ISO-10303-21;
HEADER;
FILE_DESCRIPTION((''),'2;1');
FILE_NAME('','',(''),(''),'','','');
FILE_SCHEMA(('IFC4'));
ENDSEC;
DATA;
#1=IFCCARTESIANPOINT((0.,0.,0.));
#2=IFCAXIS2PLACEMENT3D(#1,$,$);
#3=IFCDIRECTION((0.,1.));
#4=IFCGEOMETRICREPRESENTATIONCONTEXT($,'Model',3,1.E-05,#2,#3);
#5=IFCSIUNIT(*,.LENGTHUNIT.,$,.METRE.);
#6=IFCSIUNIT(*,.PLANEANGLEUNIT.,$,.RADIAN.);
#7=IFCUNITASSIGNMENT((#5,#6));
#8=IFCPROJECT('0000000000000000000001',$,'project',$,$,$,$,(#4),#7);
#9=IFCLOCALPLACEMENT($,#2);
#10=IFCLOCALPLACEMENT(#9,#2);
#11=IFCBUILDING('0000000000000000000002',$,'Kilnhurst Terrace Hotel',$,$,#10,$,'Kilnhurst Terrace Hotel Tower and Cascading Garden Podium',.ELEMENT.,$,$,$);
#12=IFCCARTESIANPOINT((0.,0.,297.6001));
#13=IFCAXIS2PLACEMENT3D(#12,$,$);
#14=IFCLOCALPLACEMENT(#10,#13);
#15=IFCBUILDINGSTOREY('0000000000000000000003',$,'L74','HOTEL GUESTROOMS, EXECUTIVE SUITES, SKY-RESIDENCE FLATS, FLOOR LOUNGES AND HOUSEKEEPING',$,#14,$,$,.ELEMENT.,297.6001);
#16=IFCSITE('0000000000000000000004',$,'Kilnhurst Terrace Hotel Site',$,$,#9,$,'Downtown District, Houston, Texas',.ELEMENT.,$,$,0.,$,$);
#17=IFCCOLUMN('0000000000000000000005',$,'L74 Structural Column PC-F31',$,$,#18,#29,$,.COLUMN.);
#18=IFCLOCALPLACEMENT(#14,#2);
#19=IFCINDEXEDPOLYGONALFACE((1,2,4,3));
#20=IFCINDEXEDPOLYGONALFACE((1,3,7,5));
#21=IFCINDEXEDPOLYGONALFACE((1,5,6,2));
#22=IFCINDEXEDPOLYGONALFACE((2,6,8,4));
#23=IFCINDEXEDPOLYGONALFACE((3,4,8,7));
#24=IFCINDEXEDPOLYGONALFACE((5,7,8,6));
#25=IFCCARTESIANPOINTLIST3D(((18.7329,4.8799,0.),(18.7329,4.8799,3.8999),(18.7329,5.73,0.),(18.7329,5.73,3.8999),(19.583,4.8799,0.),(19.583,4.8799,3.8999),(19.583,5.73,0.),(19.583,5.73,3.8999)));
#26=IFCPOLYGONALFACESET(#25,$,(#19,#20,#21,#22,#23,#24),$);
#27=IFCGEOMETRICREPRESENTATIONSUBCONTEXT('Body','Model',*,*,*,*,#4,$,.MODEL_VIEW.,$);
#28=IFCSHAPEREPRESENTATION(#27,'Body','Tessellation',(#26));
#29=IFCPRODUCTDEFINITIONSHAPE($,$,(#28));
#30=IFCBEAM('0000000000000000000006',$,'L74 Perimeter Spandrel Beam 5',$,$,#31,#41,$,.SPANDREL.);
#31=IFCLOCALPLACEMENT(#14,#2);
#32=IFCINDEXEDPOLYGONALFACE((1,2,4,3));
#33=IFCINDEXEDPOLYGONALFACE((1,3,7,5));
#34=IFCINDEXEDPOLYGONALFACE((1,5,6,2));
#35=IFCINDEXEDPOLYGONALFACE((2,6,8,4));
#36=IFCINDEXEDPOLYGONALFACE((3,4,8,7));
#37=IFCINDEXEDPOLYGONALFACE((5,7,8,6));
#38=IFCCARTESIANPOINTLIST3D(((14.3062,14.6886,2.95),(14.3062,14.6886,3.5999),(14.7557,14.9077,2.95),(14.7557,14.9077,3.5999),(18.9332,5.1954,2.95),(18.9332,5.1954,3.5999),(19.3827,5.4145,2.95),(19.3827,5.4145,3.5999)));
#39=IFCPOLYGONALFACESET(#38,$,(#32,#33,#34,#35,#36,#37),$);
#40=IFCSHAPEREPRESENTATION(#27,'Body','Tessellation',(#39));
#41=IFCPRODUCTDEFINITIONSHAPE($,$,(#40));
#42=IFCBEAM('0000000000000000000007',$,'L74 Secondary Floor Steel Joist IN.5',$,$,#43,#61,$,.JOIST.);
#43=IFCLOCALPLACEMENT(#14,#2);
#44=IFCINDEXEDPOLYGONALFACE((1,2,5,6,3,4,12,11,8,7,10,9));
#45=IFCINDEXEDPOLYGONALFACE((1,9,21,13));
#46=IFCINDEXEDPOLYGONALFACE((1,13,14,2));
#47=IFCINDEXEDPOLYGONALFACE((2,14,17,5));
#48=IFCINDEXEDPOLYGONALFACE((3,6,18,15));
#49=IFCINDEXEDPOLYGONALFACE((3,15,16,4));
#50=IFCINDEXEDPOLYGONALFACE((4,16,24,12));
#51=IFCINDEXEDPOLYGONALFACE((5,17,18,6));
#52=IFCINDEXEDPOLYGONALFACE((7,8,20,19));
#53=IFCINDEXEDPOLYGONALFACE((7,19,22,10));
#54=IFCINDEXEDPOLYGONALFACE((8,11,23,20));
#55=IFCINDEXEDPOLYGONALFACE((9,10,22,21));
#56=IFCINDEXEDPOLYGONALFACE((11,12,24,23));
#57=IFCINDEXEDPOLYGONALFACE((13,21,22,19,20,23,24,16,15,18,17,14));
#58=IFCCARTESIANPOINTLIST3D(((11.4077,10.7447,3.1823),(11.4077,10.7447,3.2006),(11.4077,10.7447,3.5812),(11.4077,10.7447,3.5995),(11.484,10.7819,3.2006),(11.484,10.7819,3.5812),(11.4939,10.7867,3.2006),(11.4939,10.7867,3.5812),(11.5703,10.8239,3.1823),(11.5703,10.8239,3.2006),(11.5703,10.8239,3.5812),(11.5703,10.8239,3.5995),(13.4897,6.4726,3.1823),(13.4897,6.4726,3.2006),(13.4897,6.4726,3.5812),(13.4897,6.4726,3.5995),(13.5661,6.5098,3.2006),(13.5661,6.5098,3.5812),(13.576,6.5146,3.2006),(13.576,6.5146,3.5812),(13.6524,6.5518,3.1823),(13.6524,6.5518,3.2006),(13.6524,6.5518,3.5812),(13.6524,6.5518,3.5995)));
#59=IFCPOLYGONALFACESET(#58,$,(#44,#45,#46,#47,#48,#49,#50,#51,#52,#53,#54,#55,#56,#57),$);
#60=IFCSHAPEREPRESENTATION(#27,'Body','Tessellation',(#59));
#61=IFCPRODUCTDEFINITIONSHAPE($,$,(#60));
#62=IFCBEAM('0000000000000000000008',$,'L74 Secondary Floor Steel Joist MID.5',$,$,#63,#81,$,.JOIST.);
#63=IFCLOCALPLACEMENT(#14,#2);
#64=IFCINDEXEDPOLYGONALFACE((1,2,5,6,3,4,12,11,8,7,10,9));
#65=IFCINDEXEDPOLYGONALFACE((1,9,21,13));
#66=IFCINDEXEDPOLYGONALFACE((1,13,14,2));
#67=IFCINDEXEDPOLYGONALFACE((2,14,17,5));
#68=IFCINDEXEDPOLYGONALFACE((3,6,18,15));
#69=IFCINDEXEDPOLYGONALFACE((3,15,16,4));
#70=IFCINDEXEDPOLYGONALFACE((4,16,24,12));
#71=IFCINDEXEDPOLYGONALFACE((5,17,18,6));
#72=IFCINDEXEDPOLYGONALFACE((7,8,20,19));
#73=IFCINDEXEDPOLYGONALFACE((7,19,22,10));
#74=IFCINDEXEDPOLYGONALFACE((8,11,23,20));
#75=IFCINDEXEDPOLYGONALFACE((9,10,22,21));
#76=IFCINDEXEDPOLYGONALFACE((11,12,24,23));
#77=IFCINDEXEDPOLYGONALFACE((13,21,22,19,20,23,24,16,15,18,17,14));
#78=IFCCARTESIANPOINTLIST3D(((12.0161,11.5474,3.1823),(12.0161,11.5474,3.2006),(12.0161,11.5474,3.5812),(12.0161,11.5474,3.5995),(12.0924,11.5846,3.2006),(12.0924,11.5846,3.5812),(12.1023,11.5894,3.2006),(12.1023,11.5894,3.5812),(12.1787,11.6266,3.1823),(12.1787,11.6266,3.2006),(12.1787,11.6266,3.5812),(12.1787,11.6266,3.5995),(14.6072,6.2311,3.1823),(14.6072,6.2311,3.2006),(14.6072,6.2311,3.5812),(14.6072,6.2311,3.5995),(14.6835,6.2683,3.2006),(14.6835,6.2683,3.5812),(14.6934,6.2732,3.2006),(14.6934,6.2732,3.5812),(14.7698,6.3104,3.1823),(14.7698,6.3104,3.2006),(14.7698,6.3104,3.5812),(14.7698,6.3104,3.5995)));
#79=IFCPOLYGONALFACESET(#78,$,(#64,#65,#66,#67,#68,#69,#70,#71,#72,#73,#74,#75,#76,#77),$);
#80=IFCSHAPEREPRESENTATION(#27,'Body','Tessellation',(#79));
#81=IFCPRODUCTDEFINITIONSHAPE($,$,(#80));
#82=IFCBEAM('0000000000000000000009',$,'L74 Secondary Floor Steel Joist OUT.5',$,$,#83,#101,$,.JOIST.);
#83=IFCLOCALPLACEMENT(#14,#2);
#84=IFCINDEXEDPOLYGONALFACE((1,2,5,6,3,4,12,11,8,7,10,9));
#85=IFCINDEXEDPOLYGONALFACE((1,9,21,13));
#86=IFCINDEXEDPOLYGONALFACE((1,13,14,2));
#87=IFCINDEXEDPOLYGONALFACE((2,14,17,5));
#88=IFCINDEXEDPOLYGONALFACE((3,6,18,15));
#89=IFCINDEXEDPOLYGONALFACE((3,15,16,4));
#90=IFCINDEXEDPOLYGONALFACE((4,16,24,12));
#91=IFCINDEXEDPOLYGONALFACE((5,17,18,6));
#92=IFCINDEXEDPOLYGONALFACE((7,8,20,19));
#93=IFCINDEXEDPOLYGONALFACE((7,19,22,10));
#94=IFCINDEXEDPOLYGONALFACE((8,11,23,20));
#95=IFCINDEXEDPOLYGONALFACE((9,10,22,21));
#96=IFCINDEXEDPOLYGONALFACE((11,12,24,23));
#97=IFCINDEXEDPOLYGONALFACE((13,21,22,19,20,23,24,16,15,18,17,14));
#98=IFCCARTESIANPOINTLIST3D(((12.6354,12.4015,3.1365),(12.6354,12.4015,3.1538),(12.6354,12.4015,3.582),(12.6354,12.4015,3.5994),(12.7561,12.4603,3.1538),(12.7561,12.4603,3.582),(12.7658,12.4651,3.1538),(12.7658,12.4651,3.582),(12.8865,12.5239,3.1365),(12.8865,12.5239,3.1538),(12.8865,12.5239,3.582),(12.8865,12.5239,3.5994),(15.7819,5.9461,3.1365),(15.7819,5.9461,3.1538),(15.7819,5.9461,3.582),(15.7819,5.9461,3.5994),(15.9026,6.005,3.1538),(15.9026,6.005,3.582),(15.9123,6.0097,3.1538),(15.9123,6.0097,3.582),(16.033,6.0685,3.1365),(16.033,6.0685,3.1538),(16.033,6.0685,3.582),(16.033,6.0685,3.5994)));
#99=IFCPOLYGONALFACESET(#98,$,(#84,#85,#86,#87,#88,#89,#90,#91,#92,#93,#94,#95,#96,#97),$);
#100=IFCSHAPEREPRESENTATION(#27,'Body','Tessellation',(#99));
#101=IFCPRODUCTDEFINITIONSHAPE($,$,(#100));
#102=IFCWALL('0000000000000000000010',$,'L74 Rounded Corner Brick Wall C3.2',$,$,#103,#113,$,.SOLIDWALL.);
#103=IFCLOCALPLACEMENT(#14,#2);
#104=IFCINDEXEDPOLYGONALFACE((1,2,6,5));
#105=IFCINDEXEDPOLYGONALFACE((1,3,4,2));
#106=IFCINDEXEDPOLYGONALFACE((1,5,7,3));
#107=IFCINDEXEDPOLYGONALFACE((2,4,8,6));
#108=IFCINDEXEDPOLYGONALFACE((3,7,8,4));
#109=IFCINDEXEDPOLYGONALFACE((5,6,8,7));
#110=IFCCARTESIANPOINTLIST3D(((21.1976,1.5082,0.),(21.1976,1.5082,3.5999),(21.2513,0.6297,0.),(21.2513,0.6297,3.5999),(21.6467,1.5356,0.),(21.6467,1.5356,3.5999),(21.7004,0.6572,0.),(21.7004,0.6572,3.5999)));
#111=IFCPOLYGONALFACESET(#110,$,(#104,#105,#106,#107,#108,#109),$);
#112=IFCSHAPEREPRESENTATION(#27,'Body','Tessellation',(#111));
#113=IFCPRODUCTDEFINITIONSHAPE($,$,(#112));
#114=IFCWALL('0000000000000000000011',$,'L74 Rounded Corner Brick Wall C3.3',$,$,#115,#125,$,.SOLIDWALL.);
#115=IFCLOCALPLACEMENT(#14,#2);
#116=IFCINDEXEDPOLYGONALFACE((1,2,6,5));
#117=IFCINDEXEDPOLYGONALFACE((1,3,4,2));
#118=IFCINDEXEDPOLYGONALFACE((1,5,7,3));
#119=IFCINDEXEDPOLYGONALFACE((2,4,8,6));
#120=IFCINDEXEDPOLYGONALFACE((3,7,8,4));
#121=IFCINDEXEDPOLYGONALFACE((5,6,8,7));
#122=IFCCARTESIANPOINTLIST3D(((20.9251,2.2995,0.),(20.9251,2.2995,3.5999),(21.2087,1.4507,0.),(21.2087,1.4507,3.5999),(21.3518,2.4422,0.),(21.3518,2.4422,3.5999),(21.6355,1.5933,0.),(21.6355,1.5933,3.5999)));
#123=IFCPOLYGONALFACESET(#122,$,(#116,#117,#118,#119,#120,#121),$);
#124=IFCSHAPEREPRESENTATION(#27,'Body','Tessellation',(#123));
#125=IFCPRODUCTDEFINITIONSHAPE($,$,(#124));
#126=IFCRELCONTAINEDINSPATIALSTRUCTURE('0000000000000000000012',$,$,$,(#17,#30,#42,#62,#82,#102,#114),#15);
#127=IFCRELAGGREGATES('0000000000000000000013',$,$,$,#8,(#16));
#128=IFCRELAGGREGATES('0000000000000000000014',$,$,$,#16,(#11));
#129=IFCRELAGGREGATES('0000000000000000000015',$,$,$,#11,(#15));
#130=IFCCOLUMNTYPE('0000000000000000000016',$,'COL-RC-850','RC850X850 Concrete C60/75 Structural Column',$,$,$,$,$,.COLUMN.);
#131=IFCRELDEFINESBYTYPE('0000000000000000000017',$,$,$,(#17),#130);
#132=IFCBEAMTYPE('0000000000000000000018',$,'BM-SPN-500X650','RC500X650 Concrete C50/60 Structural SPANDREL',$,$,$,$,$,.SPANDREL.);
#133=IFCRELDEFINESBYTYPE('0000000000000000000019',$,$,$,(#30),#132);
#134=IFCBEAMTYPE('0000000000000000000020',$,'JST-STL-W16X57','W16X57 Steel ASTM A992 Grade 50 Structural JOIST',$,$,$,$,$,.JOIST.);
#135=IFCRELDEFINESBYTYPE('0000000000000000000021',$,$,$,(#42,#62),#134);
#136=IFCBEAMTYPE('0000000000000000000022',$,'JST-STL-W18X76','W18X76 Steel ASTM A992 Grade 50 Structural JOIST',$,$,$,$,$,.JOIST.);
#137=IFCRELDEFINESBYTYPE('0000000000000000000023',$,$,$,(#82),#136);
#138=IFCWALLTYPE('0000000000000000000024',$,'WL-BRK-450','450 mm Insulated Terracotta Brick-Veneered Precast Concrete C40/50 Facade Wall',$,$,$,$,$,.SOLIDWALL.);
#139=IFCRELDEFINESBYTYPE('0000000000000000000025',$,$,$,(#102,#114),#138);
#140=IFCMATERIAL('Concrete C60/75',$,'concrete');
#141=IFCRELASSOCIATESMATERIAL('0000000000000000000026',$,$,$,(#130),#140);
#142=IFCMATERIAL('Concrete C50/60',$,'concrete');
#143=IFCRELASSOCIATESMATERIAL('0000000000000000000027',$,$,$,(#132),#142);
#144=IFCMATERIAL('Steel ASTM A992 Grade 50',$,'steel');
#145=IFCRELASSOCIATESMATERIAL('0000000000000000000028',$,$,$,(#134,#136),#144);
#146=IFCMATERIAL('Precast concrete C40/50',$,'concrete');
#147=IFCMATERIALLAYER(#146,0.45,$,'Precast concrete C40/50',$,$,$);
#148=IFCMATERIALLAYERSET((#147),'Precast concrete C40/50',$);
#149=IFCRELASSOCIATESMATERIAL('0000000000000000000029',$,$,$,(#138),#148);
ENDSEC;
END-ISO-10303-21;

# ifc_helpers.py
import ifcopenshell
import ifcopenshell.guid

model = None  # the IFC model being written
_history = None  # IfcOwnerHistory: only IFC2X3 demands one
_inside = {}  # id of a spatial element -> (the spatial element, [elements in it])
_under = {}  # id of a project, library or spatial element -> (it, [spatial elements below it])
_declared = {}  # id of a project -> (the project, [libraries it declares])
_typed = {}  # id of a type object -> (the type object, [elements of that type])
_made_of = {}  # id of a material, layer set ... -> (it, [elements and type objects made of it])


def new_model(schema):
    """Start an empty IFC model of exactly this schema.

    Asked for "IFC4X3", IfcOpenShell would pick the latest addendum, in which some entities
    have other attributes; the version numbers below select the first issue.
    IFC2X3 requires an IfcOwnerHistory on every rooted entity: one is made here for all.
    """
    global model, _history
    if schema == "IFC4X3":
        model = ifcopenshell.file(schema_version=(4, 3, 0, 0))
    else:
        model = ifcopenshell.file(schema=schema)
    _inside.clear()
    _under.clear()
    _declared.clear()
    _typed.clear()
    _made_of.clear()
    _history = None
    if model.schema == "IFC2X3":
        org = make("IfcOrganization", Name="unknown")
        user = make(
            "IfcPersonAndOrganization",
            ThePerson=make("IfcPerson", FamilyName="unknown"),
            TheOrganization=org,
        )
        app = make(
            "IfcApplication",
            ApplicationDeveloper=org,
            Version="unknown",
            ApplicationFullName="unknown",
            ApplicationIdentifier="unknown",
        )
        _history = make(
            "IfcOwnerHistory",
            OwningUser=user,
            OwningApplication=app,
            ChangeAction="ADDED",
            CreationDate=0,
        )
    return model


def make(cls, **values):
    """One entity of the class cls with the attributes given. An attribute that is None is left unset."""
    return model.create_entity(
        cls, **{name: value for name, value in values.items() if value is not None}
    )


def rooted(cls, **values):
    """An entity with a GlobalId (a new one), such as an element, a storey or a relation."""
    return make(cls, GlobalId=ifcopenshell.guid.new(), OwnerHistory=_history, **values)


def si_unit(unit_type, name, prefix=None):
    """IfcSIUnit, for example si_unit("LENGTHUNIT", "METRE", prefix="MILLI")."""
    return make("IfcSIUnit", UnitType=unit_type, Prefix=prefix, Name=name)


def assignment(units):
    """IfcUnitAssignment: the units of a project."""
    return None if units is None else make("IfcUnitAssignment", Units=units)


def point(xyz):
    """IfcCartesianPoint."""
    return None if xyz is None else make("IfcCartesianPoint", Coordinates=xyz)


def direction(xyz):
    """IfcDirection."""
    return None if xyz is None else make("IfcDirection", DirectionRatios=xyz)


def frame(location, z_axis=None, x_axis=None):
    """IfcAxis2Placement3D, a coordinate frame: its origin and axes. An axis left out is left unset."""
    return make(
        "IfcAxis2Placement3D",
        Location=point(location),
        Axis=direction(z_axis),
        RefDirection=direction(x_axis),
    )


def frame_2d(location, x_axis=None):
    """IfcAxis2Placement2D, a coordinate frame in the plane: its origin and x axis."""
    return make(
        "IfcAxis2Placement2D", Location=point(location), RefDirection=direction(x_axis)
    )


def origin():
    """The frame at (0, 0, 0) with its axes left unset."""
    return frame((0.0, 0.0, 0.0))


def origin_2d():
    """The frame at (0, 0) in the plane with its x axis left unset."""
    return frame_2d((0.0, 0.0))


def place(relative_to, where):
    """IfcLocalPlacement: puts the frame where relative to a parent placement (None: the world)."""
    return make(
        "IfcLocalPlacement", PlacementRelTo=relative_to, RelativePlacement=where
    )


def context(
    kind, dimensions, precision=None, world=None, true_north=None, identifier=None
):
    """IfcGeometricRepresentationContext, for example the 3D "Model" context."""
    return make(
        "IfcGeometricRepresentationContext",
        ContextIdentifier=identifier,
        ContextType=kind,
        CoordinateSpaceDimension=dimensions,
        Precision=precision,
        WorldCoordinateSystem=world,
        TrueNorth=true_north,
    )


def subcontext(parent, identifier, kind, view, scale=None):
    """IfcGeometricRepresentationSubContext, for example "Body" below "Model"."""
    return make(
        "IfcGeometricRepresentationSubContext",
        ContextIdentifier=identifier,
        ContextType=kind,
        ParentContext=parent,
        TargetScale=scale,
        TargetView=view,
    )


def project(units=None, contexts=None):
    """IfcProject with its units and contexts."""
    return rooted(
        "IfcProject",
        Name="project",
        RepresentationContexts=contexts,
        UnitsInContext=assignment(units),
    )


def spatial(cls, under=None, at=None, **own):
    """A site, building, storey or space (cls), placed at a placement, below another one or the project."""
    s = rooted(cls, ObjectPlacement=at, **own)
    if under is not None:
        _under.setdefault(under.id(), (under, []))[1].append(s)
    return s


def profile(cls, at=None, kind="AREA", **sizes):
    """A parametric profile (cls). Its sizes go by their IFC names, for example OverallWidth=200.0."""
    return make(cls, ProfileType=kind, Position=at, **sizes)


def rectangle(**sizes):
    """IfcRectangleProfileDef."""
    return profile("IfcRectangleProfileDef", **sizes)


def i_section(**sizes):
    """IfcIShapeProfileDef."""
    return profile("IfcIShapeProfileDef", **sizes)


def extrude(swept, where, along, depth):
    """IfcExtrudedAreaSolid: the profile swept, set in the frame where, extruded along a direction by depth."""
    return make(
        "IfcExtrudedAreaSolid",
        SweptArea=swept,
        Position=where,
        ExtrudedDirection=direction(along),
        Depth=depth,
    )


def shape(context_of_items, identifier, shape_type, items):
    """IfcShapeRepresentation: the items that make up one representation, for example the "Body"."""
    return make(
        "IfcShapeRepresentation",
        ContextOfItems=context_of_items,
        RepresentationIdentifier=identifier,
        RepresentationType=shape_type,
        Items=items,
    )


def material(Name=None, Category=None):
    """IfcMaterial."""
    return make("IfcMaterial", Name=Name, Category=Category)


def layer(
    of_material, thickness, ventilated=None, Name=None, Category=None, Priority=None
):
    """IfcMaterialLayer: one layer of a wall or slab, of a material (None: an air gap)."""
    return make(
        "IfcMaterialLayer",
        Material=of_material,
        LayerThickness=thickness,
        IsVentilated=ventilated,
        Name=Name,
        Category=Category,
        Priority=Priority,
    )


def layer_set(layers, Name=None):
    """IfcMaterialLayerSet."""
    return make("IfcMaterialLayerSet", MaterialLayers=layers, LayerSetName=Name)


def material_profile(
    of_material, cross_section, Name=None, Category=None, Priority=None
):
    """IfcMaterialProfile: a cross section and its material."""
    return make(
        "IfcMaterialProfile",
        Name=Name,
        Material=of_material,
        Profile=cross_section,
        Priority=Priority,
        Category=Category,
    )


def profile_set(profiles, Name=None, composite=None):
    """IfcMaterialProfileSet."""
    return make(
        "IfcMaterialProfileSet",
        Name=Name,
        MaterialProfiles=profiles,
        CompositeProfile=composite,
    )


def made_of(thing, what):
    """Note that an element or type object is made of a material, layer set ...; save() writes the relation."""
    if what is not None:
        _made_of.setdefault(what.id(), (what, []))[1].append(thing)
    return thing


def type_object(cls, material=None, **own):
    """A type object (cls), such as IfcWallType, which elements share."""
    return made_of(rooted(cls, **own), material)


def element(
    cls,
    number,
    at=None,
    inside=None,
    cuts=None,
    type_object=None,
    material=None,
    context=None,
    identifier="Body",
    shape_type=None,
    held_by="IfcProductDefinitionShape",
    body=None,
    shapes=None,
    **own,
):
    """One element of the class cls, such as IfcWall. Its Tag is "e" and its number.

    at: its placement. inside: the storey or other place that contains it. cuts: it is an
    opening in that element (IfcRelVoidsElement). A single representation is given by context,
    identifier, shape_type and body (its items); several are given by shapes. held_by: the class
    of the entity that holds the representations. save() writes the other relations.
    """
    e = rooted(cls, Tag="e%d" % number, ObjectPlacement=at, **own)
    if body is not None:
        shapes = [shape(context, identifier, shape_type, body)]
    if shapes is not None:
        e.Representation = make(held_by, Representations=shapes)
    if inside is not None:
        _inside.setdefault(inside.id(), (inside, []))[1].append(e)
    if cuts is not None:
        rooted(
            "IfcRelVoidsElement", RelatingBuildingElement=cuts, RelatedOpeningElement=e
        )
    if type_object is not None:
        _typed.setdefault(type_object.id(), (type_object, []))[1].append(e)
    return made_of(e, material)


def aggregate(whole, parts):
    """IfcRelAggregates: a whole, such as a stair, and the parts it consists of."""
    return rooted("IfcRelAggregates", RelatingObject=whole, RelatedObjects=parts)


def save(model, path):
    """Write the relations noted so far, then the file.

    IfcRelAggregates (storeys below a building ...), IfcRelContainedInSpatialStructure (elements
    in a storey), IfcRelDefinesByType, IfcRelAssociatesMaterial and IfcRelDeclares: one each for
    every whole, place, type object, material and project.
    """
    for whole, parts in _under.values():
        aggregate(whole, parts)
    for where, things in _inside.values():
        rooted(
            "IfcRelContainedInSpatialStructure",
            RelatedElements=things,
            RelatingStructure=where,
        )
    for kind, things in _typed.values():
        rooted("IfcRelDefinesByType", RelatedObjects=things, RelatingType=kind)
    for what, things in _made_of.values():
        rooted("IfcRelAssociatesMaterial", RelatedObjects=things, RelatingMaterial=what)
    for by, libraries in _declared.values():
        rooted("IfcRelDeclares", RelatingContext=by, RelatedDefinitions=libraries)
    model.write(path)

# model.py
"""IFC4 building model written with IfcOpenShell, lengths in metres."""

from ifc_helpers import new_model, si_unit, direction, frame, frame_2d, origin, origin_2d, place, context, subcontext, project, spatial, rectangle, i_section, extrude, material, layer, layer_set, material_profile, profile_set, type_object, element, save


model = new_model("IFC4")

# Units and contexts
model_context = context("Model", 3, precision=1e-05, world=origin(), true_north=direction((0.0, 1.0)))
body_context = subcontext(model_context, "Body", "Model", "MODEL_VIEW")
ifc_project = project(units=[si_unit("LENGTHUNIT", "METRE"), si_unit("PLANEANGLEUNIT", "RADIAN")], contexts=[model_context])

# Site, building, storey
site_placement = place(None, origin())
site = spatial("IfcSite", under=ifc_project, at=site_placement, Name="Kilnhurst Terrace Hotel Site", LongName="Downtown District, Houston, Texas", CompositionType="ELEMENT", RefElevation=0.0)
building_placement = place(site_placement, origin())
building = spatial("IfcBuilding", under=site, at=building_placement, Name="Kilnhurst Terrace Hotel", LongName="Kilnhurst Terrace Hotel Tower and Cascading Garden Podium", CompositionType="ELEMENT")
storey_placement = place(building_placement, frame((0.0, 0.0, 297.6001)))
storey = spatial("IfcBuildingStorey", under=building, at=storey_placement, Name="L74", Description="HOTEL GUESTROOMS, EXECUTIVE SUITES, SKY-RESIDENCE FLATS, FLOOR LOUNGES AND HOUSEKEEPING", CompositionType="ELEMENT", Elevation=297.6001)

# Column
ifc_material_1 = material(Name="Concrete C60/75", Category="concrete")
ifc_material_profile_1 = material_profile(ifc_material_1, rectangle(XDim=0.8501, YDim=0.8501, at=origin_2d()), Name="RC850X850")
ifc_profile_set_1 = profile_set([ifc_material_profile_1], Name="Concrete C60/75")
column_type = type_object("IfcColumnType", Name="COL-RC-850", Description="RC850X850 Concrete C60/75 Structural Column", PredefinedType="COLUMN", material=ifc_profile_set_1)
column_placement = place(storey_placement, frame((19.158, 5.3049, 0.0), z_axis=(0.0, 0.0, 1.0), x_axis=(1.0, 0.0, 0.0)))
element("IfcColumn", 1, at=column_placement, inside=storey, type_object=column_type, Name="L74 Structural Column PC-F31", PredefinedType="COLUMN", context=body_context, shape_type="SweptSolid", body=[
    extrude(rectangle(XDim=0.8501, YDim=0.8501, at=origin_2d()), origin(), (0.0, 0.0, 1.0), 3.8999),
])

# Beams
ifc_material_2 = material(Name="Concrete C50/60", Category="concrete")
ifc_material_profile_2 = material_profile(ifc_material_2, rectangle(XDim=0.5, YDim=0.6499, at=origin_2d()), Name="RC500X650")
ifc_profile_set_2 = profile_set([ifc_material_profile_2], Name="Concrete C50/60")
beam_type_1 = type_object("IfcBeamType", Name="BM-SPN-500X650", Description="RC500X650 Concrete C50/60 Structural SPANDREL", PredefinedType="SPANDREL", material=ifc_profile_set_2)
beam_1_placement = place(storey_placement, frame((19.158, 5.3049, 3.2749), z_axis=(-0.438128, 0.898912, 0.0), x_axis=(-0.898912, -0.438128, 0.0)))
element("IfcBeam", 2, at=beam_1_placement, inside=storey, type_object=beam_type_1, Name="L74 Perimeter Spandrel Beam 5", PredefinedType="SPANDREL", context=body_context, shape_type="SweptSolid", body=[
    extrude(rectangle(XDim=0.5, YDim=0.6499, at=origin_2d()), origin(), (0.0, 0.0, 1.0), 10.5608),
])
ifc_material_3 = material(Name="Steel ASTM A992 Grade 50", Category="steel")
ifc_material_profile_3 = material_profile(ifc_material_3, i_section(OverallWidth=0.1809, OverallDepth=0.4172, WebThickness=0.011, FlangeThickness=0.0183, at=origin_2d()), Name="W16X57")
ifc_profile_set_3 = profile_set([ifc_material_profile_3], Name="Steel ASTM A992 Grade 50")
beam_type_2 = type_object("IfcBeamType", Name="JST-STL-W16X57", Description="W16X57 Steel ASTM A992 Grade 50 Structural JOIST", PredefinedType="JOIST", material=ifc_profile_set_3)
beam_2_placement = place(storey_placement, frame((13.571, 6.5122, 3.3909), z_axis=(-0.438108, 0.898922, 0.0), x_axis=(-0.898922, -0.438108, 0.0)))
element("IfcBeam", 3, at=beam_2_placement, inside=storey, type_object=beam_type_2, Name="L74 Secondary Floor Steel Joist IN.5", PredefinedType="JOIST", context=body_context, shape_type="SweptSolid", body=[
    extrude(i_section(OverallWidth=0.1809, OverallDepth=0.4172, WebThickness=0.011, FlangeThickness=0.0183, at=origin_2d()), origin(), (0.0, 0.0, 1.0), 4.7524),
])
beam_3_placement = place(storey_placement, frame((14.6885, 6.2708, 3.3909), z_axis=(-0.438125, 0.898914, 0.0), x_axis=(-0.898914, -0.438125, 0.0)))
element("IfcBeam", 4, at=beam_3_placement, inside=storey, type_object=beam_type_2, Name="L74 Secondary Floor Steel Joist MID.5", PredefinedType="JOIST", context=body_context, shape_type="SweptSolid", body=[
    extrude(i_section(OverallWidth=0.1809, OverallDepth=0.4172, WebThickness=0.011, FlangeThickness=0.0183, at=origin_2d()), origin(), (0.0, 0.0, 1.0), 5.9141),
])
ifc_material_profile_4 = material_profile(ifc_material_3, i_section(OverallWidth=0.2793, OverallDepth=0.4629, WebThickness=0.0107, FlangeThickness=0.0173, at=origin_2d()), Name="W18X76")
ifc_profile_set_4 = profile_set([ifc_material_profile_4], Name="Steel ASTM A992 Grade 50")
beam_type_3 = type_object("IfcBeamType", Name="JST-STL-W18X76", Description="W18X76 Steel ASTM A992 Grade 50 Structural JOIST", PredefinedType="JOIST", material=ifc_profile_set_4)
beam_4_placement = place(storey_placement, frame((15.9075, 6.0073, 3.3679), z_axis=(-0.438148, 0.898903, 0.0), x_axis=(-0.898903, -0.438148, 0.0)))
element("IfcBeam", 5, at=beam_4_placement, inside=storey, type_object=beam_type_3, Name="L74 Secondary Floor Steel Joist OUT.5", PredefinedType="JOIST", context=body_context, shape_type="SweptSolid", body=[
    extrude(i_section(OverallWidth=0.2793, OverallDepth=0.4629, WebThickness=0.0107, FlangeThickness=0.0173, at=origin_2d()), origin(), (0.0, 0.0, 1.0), 7.1814),
])

# Walls
ifc_material_4 = material(Name="Precast concrete C40/50", Category="concrete")
ifc_layer_1 = layer(ifc_material_4, 0.45, Name="Precast concrete C40/50")
ifc_layer_set_1 = layer_set([ifc_layer_1], Name="Precast concrete C40/50")
wall_type_1 = type_object("IfcWallType", Name="WL-BRK-450", Description="450 mm Insulated Terracotta Brick-Veneered Precast Concrete C40/50 Facade Wall", PredefinedType="SOLIDWALL", material=ifc_layer_set_1)
wall_1_placement = place(storey_placement, frame((21.4758, 0.6436, 0.0), z_axis=(0.0, 0.0, 1.0), x_axis=(-0.061031, 0.998136, 0.0)))
element("IfcWall", 6, at=wall_1_placement, inside=storey, type_object=wall_type_1, Name="L74 Rounded Corner Brick Wall C3.2", PredefinedType="SOLIDWALL", context=body_context, shape_type="SweptSolid", body=[
    extrude(rectangle(XDim=0.8801, YDim=0.45, at=frame_2d((0.4399, 0.0))), origin(), (0.0, 0.0, 1.0), 3.5999),
])
wall_2_placement = place(storey_placement, frame((21.4221, 1.522, 0.0), z_axis=(0.0, 0.0, 1.0), x_axis=(-0.316964, 0.948438, 0.0)))
element("IfcWall", 7, at=wall_2_placement, inside=storey, type_object=wall_type_1, Name="L74 Rounded Corner Brick Wall C3.3", PredefinedType="SOLIDWALL", context=body_context, shape_type="SweptSolid", body=[
    extrude(rectangle(XDim=0.895, YDim=0.45, at=frame_2d((0.4475, 0.0))), origin(), (0.0, 0.0, 1.0), 3.5999),
])

save(model, "model.ifc")
